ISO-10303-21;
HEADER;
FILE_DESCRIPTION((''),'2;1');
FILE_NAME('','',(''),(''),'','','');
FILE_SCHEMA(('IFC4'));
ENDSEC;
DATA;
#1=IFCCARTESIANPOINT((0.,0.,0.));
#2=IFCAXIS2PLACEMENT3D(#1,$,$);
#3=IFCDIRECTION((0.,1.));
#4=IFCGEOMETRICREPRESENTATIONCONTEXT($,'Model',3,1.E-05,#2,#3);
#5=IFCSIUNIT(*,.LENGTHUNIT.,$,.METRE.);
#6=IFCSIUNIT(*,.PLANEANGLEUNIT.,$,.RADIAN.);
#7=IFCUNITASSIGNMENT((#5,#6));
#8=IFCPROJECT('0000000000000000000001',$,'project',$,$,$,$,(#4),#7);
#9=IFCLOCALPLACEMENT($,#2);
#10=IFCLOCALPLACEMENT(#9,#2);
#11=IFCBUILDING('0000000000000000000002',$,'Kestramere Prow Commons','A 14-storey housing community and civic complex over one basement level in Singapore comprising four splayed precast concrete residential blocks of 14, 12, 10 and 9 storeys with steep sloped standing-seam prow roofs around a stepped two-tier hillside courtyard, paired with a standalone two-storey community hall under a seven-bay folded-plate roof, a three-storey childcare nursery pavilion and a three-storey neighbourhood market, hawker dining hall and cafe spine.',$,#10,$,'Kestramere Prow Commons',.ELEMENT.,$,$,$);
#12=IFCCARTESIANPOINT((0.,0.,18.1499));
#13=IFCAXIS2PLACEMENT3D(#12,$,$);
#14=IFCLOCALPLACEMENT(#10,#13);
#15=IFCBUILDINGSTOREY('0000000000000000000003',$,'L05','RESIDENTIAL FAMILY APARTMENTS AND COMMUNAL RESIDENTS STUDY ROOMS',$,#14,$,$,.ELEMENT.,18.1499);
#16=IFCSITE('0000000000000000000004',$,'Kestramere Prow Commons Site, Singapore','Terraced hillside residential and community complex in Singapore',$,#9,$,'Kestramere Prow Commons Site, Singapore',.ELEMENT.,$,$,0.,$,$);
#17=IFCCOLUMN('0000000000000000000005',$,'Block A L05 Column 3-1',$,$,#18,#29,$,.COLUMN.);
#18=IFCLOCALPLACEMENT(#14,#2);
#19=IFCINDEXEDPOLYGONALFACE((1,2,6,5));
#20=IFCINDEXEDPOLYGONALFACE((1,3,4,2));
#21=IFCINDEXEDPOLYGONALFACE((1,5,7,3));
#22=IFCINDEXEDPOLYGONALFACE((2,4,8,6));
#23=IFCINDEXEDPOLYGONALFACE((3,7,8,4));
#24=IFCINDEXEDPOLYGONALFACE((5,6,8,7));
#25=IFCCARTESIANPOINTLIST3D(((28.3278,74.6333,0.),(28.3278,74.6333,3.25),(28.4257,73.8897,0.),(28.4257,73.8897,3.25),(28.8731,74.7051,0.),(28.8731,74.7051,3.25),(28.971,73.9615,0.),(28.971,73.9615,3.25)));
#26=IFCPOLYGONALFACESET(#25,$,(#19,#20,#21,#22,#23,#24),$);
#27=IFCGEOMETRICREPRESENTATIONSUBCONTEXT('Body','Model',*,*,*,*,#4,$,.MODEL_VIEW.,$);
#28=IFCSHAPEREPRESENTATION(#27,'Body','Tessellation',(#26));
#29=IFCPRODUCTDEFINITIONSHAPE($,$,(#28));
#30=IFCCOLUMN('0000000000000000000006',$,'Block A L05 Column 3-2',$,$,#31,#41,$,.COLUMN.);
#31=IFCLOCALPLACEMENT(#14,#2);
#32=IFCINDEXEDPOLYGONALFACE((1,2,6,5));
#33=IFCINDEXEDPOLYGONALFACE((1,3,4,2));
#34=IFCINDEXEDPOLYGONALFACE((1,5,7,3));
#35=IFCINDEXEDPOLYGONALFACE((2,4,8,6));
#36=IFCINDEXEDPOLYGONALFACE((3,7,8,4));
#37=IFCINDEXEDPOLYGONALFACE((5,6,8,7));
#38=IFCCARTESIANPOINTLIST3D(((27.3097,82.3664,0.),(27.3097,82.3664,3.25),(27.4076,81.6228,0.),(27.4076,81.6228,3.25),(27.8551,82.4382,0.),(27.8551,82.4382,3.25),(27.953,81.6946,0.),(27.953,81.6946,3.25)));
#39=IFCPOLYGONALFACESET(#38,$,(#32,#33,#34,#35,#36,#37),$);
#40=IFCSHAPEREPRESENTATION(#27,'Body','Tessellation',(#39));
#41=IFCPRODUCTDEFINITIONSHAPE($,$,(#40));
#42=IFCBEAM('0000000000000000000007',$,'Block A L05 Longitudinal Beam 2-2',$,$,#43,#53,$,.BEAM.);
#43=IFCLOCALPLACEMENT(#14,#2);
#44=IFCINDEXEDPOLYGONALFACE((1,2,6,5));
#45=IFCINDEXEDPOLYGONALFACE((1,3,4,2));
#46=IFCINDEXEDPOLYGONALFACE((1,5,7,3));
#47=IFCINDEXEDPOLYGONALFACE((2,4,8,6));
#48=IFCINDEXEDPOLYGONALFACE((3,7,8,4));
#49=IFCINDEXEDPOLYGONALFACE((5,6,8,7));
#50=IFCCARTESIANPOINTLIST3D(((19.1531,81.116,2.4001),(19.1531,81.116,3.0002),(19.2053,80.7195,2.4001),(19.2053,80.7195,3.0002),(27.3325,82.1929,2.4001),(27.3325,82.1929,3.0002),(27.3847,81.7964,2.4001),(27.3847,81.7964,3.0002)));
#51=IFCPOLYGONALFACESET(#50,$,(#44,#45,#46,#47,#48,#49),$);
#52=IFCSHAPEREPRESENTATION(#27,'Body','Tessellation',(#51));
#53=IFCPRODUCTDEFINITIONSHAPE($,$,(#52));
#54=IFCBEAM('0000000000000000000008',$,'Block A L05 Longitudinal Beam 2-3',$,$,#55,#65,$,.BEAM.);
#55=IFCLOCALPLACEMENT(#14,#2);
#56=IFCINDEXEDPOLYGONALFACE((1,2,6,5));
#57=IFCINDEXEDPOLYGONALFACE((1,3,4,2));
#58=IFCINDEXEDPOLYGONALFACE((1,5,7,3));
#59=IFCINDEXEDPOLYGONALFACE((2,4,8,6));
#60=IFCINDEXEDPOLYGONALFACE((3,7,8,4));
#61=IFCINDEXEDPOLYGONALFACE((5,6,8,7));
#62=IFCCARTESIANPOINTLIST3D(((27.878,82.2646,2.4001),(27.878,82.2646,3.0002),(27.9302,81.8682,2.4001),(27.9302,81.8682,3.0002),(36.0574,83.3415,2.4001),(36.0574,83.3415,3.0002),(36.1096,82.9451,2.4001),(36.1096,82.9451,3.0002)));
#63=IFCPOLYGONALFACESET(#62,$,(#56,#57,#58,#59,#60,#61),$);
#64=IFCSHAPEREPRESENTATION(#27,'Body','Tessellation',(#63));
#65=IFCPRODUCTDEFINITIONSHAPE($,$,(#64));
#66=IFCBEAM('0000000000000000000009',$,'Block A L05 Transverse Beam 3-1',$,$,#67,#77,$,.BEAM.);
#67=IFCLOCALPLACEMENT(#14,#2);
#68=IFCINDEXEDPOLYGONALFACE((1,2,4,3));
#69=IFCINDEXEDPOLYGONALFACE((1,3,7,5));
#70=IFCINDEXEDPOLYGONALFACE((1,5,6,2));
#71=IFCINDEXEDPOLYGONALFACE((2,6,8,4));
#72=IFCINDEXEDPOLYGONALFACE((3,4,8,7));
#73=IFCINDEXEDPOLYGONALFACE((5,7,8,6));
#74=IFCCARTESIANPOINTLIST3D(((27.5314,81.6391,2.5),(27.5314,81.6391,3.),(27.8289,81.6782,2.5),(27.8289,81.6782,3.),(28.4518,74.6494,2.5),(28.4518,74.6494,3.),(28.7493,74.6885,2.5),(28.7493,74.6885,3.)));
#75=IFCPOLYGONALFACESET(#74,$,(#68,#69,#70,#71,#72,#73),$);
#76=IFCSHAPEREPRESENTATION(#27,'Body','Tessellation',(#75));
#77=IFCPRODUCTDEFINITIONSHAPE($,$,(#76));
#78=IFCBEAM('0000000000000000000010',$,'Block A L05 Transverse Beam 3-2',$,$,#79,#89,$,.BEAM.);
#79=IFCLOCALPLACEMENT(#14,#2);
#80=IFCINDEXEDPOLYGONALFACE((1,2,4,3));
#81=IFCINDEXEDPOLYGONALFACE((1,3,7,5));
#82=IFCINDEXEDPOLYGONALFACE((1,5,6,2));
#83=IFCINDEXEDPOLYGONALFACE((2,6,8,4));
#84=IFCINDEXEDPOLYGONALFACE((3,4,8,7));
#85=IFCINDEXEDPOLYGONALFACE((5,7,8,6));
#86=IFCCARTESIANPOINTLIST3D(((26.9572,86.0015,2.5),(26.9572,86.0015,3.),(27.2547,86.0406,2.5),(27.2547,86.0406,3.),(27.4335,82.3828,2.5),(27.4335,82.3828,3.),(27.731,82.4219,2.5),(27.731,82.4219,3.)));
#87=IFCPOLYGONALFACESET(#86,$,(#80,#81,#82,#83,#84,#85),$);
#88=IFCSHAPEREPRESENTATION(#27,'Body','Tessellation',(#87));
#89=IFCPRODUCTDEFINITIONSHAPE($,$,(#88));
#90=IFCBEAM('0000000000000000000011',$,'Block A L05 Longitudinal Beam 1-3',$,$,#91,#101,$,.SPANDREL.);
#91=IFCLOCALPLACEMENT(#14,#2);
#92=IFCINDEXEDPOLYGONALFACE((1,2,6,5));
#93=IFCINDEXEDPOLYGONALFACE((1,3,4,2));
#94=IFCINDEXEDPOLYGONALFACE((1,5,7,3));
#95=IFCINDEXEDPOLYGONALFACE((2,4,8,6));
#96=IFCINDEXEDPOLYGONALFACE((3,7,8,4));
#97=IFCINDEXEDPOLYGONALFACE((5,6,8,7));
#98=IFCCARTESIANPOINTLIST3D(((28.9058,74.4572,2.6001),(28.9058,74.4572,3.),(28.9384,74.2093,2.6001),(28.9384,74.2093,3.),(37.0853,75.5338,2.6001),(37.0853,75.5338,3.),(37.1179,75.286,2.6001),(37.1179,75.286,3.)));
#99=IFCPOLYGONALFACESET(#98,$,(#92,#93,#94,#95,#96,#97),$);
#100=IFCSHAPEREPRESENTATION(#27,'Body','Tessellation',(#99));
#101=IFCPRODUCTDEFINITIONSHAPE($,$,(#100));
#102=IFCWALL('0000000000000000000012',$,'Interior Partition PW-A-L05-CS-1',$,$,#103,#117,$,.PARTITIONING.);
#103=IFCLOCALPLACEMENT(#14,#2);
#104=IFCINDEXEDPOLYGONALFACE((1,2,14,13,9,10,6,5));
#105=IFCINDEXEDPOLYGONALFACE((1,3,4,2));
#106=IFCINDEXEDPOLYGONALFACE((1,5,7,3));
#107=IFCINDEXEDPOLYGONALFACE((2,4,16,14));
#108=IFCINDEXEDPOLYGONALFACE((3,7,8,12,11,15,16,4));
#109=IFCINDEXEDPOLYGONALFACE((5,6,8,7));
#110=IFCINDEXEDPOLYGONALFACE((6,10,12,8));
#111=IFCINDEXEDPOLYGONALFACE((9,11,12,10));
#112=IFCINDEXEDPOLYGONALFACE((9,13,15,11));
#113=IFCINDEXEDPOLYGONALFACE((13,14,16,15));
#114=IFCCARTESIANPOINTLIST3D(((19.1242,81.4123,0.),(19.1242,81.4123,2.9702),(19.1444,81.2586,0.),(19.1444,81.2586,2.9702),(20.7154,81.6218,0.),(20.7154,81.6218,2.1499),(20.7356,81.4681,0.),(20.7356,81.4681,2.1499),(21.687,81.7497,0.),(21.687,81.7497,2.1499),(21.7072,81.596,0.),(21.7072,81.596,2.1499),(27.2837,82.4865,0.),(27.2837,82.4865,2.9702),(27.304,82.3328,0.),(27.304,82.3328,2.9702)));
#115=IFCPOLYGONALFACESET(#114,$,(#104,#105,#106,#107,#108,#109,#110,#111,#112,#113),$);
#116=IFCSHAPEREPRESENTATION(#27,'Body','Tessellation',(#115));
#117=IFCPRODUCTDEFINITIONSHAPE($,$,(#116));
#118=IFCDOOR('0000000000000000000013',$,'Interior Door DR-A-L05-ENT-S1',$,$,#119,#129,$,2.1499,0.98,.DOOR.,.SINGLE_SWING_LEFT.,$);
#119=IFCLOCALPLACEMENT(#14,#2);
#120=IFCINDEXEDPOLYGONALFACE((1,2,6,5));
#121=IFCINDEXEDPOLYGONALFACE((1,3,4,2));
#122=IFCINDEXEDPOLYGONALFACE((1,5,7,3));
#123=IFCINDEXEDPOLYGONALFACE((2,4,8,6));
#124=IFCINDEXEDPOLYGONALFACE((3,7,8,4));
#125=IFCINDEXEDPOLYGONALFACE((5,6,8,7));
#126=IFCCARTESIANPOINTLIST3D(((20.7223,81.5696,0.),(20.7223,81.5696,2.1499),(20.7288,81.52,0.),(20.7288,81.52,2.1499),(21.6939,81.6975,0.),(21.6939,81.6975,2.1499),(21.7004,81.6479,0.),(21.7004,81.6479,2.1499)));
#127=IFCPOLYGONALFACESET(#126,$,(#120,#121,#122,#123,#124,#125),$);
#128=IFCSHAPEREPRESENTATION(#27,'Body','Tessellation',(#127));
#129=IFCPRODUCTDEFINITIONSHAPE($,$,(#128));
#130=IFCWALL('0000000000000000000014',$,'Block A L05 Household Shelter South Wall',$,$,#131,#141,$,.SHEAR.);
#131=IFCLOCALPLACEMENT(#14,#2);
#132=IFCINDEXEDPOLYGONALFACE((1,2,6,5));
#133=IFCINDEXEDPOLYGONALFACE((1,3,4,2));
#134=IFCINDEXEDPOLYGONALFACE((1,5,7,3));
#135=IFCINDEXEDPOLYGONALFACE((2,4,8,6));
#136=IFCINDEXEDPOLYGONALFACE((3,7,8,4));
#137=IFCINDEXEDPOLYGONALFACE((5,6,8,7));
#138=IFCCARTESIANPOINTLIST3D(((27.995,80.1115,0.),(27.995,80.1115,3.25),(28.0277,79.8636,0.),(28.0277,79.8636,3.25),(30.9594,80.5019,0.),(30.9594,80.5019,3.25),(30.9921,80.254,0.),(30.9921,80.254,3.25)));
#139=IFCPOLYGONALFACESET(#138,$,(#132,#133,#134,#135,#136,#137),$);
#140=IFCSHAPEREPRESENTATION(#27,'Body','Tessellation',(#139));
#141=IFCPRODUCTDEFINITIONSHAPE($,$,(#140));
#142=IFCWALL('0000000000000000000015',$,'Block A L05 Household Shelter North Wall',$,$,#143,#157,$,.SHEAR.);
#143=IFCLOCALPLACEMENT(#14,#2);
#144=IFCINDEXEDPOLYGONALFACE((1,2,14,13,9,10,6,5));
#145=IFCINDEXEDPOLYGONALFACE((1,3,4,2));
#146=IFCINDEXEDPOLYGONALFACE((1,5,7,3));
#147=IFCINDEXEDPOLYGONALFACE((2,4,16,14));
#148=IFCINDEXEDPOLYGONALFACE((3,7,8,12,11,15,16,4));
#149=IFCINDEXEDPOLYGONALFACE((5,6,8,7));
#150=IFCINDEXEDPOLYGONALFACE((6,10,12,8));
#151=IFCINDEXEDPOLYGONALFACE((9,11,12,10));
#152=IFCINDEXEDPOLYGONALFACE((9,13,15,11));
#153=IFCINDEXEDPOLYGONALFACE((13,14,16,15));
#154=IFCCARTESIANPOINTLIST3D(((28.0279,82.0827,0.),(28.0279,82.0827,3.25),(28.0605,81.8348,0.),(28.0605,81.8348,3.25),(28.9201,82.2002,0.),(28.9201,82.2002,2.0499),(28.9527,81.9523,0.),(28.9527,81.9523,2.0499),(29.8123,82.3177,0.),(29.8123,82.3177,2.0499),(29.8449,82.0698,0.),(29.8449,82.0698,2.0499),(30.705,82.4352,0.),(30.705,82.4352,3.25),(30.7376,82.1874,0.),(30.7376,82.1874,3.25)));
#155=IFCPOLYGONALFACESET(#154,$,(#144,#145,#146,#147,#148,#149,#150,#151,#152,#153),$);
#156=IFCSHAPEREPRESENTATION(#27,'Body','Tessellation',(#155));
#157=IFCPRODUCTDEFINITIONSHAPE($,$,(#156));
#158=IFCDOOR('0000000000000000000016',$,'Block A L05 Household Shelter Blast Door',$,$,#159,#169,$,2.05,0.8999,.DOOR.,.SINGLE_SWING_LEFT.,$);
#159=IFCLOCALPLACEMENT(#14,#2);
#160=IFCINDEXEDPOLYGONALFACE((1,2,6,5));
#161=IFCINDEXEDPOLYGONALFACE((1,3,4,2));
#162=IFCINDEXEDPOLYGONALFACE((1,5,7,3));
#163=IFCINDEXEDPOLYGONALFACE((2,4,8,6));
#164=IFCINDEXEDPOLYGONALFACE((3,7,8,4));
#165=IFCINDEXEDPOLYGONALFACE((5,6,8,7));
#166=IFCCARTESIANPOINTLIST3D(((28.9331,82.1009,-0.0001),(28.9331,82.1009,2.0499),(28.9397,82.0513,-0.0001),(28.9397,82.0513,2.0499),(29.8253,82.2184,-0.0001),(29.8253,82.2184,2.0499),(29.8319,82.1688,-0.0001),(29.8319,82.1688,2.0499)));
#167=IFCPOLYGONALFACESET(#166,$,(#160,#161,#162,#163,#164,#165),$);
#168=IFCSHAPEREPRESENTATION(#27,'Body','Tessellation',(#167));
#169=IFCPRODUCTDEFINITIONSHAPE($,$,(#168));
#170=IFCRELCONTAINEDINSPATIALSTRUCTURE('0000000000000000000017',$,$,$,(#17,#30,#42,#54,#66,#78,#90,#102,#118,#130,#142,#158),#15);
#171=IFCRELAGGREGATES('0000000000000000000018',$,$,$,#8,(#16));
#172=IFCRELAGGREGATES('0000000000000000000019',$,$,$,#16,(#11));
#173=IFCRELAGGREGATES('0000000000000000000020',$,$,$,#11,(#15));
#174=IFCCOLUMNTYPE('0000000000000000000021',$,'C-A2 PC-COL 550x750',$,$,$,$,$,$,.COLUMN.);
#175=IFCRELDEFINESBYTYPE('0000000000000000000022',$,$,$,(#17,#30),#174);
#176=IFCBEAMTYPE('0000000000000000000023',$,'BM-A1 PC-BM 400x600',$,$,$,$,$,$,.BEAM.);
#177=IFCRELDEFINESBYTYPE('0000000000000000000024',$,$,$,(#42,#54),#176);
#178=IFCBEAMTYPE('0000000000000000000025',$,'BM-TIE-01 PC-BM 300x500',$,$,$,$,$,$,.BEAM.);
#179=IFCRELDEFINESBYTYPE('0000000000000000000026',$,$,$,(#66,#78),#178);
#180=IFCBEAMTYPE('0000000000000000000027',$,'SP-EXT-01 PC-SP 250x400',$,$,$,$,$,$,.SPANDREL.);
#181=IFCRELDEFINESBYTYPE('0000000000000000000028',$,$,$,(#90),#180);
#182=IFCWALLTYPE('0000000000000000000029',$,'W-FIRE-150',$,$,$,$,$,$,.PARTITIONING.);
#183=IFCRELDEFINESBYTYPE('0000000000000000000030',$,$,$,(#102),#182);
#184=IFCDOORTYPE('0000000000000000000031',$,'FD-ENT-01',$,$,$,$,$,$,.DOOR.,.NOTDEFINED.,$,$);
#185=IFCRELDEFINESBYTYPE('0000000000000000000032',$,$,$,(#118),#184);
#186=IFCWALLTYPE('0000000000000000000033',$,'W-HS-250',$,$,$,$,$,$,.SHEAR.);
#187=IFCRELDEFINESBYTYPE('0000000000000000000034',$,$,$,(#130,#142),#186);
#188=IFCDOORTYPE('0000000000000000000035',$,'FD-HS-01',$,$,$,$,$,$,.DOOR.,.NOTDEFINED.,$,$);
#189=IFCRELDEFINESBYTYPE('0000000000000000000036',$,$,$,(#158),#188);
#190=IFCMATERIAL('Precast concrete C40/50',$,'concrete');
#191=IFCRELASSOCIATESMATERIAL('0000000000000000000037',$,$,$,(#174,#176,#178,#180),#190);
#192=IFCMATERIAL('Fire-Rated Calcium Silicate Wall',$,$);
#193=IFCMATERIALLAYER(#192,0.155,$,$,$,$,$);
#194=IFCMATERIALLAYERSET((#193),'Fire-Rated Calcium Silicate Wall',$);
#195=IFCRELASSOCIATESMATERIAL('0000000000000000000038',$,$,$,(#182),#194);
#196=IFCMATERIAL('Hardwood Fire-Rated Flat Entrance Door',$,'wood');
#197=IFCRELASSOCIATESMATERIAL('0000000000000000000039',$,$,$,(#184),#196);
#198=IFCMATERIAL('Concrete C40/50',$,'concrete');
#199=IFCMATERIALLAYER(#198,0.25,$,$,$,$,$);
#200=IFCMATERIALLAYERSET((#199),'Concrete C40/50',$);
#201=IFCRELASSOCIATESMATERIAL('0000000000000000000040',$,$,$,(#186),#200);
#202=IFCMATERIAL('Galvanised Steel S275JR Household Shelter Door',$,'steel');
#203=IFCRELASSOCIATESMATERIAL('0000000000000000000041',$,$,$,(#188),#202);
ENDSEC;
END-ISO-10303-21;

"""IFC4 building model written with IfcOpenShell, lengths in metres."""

from ifc_helpers import new_model, si_unit, direction, frame, frame_2d, origin, origin_2d, place, context, subcontext, project, spatial, rectangle, extrude, material, layer, layer_set, material_profile, profile_set, type_object, element, fill, save


model = new_model("IFC4")

# Units and contexts
model_context = context("Model", 3, precision=1e-05, world=origin(), true_north=direction((0.0, 1.0)))
body_context = subcontext(model_context, "Body", "Model", "MODEL_VIEW")
ifc_project = project(units=[si_unit("LENGTHUNIT", "METRE"), si_unit("PLANEANGLEUNIT", "RADIAN")], contexts=[model_context])

# Site, building, storey
site_placement = place(None, origin())
site = spatial("IfcSite", under=ifc_project, at=site_placement, Name="Kestramere Prow Commons Site, Singapore", Description="Terraced hillside residential and community complex in Singapore", LongName="Kestramere Prow Commons Site, Singapore", CompositionType="ELEMENT", RefElevation=0.0)
building_placement = place(site_placement, origin())
building = spatial("IfcBuilding", under=site, at=building_placement, Name="Kestramere Prow Commons", Description="A 14-storey housing community and civic complex over one basement level in Singapore comprising four splayed precast concrete residential blocks of 14, 12, 10 and 9 storeys with steep sloped standing-seam prow roofs around a stepped two-tier hillside courtyard, paired with a standalone two-storey community hall under a seven-bay folded-plate roof, a three-storey childcare nursery pavilion and a three-storey neighbourhood market, hawker dining hall and cafe spine.", LongName="Kestramere Prow Commons", CompositionType="ELEMENT")
storey_placement = place(building_placement, frame((0.0, 0.0, 18.1499)))
storey = spatial("IfcBuildingStorey", under=building, at=storey_placement, Name="L05", Description="RESIDENTIAL FAMILY APARTMENTS AND COMMUNAL RESIDENTS STUDY ROOMS", CompositionType="ELEMENT", Elevation=18.1499)

# Columns
ifc_material_1 = material(Name="Precast concrete C40/50", Category="concrete")
ifc_material_profile_1 = material_profile(ifc_material_1, rectangle(XDim=0.55, YDim=0.75, at=origin_2d()), Name="PC-COL 550x750")
ifc_profile_set_1 = profile_set([ifc_material_profile_1], Name="Precast concrete C40/50")
column_type = type_object("IfcColumnType", Name="C-A2 PC-COL 550x750", PredefinedType="COLUMN", material=ifc_profile_set_1)
for number, where, z_axis, x_axis, name in (
    (1, (28.6494, 74.2974, 0.0), (0.0, 0.0, 1.0), (0.991445, 0.130526, 0.0), "Block A L05 Column 3-1"),
    (2, (27.6313, 82.0305, 0.0), (0.0, 0.0, 1.0), (0.991445, 0.130526, 0.0), "Block A L05 Column 3-2"),
):
    element("IfcColumn", number, at=place(storey_placement, frame(where, z_axis=z_axis, x_axis=x_axis)), inside=storey, type_object=column_type, Name=name, PredefinedType="COLUMN", context=body_context, shape_type="SweptSolid", body=[
        extrude(rectangle(XDim=0.55, YDim=0.75, at=origin_2d()), origin(), (0.0, 0.0, 1.0), 3.25),
    ])

# Beams
ifc_material_profile_2 = material_profile(ifc_material_1, rectangle(XDim=0.3999, YDim=0.6001, at=origin_2d()), Name="PC-BM 400x600")
ifc_profile_set_2 = profile_set([ifc_material_profile_2], Name="Precast concrete C40/50")
beam_type_1 = type_object("IfcBeamType", Name="BM-A1 PC-BM 400x600", PredefinedType="BEAM", material=ifc_profile_set_2)
for number, where, z_axis, x_axis, name in (
    (3, (19.1792, 80.9177, 2.7002), (0.991444, 0.130533, 0.0), (-0.130533, 0.991444, 0.0), "Block A L05 Longitudinal Beam 2-2"),
    (4, (27.9041, 82.0664, 2.7002), (0.991444, 0.130533, 0.0), (-0.130533, 0.991444, 0.0), "Block A L05 Longitudinal Beam 2-3"),
):
    element("IfcBeam", number, at=place(storey_placement, frame(where, z_axis=z_axis, x_axis=x_axis)), inside=storey, type_object=beam_type_1, Name=name, PredefinedType="BEAM", context=body_context, shape_type="SweptSolid", body=[
        extrude(rectangle(XDim=0.3999, YDim=0.6001, at=origin_2d()), origin(), (0.0, 0.0, 1.0), 8.25),
    ])
ifc_material_profile_3 = material_profile(ifc_material_1, rectangle(XDim=0.3, YDim=0.5, at=origin_2d()), Name="PC-BM 300x500")
ifc_profile_set_3 = profile_set([ifc_material_profile_3], Name="Precast concrete C40/50")
beam_type_2 = type_object("IfcBeamType", Name="BM-TIE-01 PC-BM 300x500", PredefinedType="BEAM", material=ifc_profile_set_3)
beam_1_placement = place(storey_placement, frame((28.6006, 74.6689, 2.75), z_axis=(-0.130553, 0.991441, 0.0), x_axis=(-0.991441, -0.130553, 0.0)))
element("IfcBeam", 5, at=beam_1_placement, inside=storey, type_object=beam_type_2, Name="Block A L05 Transverse Beam 3-1", PredefinedType="BEAM", context=body_context, shape_type="SweptSolid", body=[
    extrude(rectangle(XDim=0.3, YDim=0.5, at=origin_2d()), origin(), (0.0, 0.0, 1.0), 7.05),
])
beam_2_placement = place(storey_placement, frame((27.5823, 82.4023, 2.75), z_axis=(-0.130503, 0.991448, 0.0), x_axis=(-0.991448, -0.130503, 0.0)))
element("IfcBeam", 6, at=beam_2_placement, inside=storey, type_object=beam_type_2, Name="Block A L05 Transverse Beam 3-2", PredefinedType="BEAM", context=body_context, shape_type="SweptSolid", body=[
    extrude(rectangle(XDim=0.3, YDim=0.5, at=origin_2d()), origin(), (0.0, 0.0, 1.0), 3.6499),
])
ifc_material_profile_4 = material_profile(ifc_material_1, rectangle(XDim=0.25, YDim=0.3999, at=origin_2d()), Name="PC-SP 250x400")
ifc_profile_set_4 = profile_set([ifc_material_profile_4], Name="Precast concrete C40/50")
beam_type_3 = type_object("IfcBeamType", Name="SP-EXT-01 PC-SP 250x400", PredefinedType="SPANDREL", material=ifc_profile_set_4)
beam_3_placement = place(storey_placement, frame((28.9221, 74.3333, 2.8), z_axis=(0.991448, 0.130504, 0.0), x_axis=(-0.130504, 0.991448, 0.0)))
element("IfcBeam", 7, at=beam_3_placement, inside=storey, type_object=beam_type_3, Name="Block A L05 Longitudinal Beam 1-3", PredefinedType="SPANDREL", context=body_context, shape_type="SweptSolid", body=[
    extrude(rectangle(XDim=0.25, YDim=0.3999, at=origin_2d()), origin(), (0.0, 0.0, 1.0), 8.25),
])

# Wall, opening, door
ifc_material_2 = material(Name="Fire-Rated Calcium Silicate Wall")
ifc_layer_1 = layer(ifc_material_2, 0.155)
ifc_layer_set_1 = layer_set([ifc_layer_1], Name="Fire-Rated Calcium Silicate Wall")
wall_type_1 = type_object("IfcWallType", Name="W-FIRE-150", PredefinedType="PARTITIONING", material=ifc_layer_set_1)
wall_1_placement = place(storey_placement, frame((19.1343, 81.3354, 0.0), z_axis=(0.0, 0.0, 1.0), x_axis=(0.991445, 0.130524, 0.0)))
wall_1 = element("IfcWall", 8, at=wall_1_placement, inside=storey, type_object=wall_type_1, Name="Interior Partition PW-A-L05-CS-1", PredefinedType="PARTITIONING", context=body_context, shape_type="SweptSolid", body=[
    extrude(rectangle(XDim=8.23, YDim=0.155, at=frame_2d((4.115, 0.0))), origin(), (0.0, 0.0, 1.0), 2.9702),
])
opening_1_placement = place(wall_1_placement, frame((1.605, 0.0, 0.0)))
opening_1 = element("IfcOpeningElement", 9, at=opening_1_placement, cuts=wall_1, PredefinedType="OPENING", context=body_context, shape_type="SweptSolid", body=[
    extrude(rectangle(XDim=0.98, YDim=2.1499, at=frame_2d((0.49, 1.075))), frame((0.0, 0.0925, 0.0), z_axis=(0.0, -1.0, 0.0), x_axis=(1.0, 0.0, 0.0)), (0.0, 0.0, 1.0), 0.1851),
])
ifc_material_3 = material(Name="Hardwood Fire-Rated Flat Entrance Door", Category="wood")
door_type_1 = type_object("IfcDoorType", Name="FD-ENT-01", OperationType="NOTDEFINED", PredefinedType="DOOR", material=ifc_material_3)
door_1_placement = place(opening_1_placement, origin())
door_1 = element("IfcDoor", 10, at=door_1_placement, inside=storey, type_object=door_type_1, Name="Interior Door DR-A-L05-ENT-S1", OperationType="SINGLE_SWING_LEFT", OverallHeight=2.1499, OverallWidth=0.98, PredefinedType="DOOR", context=body_context, shape_type="SweptSolid", body=[
    extrude(rectangle(XDim=0.98, YDim=2.1499, at=frame_2d((0.49, 1.075))), frame((0.0, 0.0249, 0.0), z_axis=(0.0, -1.0, 0.0), x_axis=(1.0, 0.0, 0.0)), (0.0, 0.0, 1.0), 0.05),
])
fill(opening_1, door_1)

# Wall
ifc_material_4 = material(Name="Concrete C40/50", Category="concrete")
ifc_layer_2 = layer(ifc_material_4, 0.25)
ifc_layer_set_2 = layer_set([ifc_layer_2], Name="Concrete C40/50")
wall_type_2 = type_object("IfcWallType", Name="W-HS-250", PredefinedType="SHEAR", material=ifc_layer_set_2)
wall_2_placement = place(storey_placement, frame((28.0112, 79.9875, 0.0), z_axis=(0.0, 0.0, 1.0), x_axis=(0.99144, 0.130564, 0.0)))
element("IfcWall", 11, at=wall_2_placement, inside=storey, type_object=wall_type_2, Name="Block A L05 Household Shelter South Wall", PredefinedType="SHEAR", context=body_context, shape_type="SweptSolid", body=[
    extrude(rectangle(XDim=2.99, YDim=0.25, at=frame_2d((1.4951, 0.0))), origin(), (0.0, 0.0, 1.0), 3.25),
])

# Wall, opening, door
wall_3_placement = place(storey_placement, frame((28.0442, 81.9587, 0.0), z_axis=(0.0, 0.0, 1.0), x_axis=(0.99144, 0.130564, 0.0)))
wall_3 = element("IfcWall", 12, at=wall_3_placement, inside=storey, type_object=wall_type_2, Name="Block A L05 Household Shelter North Wall", PredefinedType="SHEAR", context=body_context, shape_type="SweptSolid", body=[
    extrude(rectangle(XDim=2.7002, YDim=0.25, at=frame_2d((1.3501, 0.0))), origin(), (0.0, 0.0, 1.0), 3.25),
])
opening_2_placement = place(wall_3_placement, frame((0.8999, 0.0, 0.0)))
opening_2 = element("IfcOpeningElement", 13, at=opening_2_placement, cuts=wall_3, PredefinedType="OPENING", context=body_context, shape_type="SweptSolid", body=[
    extrude(rectangle(XDim=0.8999, YDim=2.05, at=frame_2d((0.45, 1.0249))), frame((0.0, 0.1399, 0.0), z_axis=(0.0, -1.0, 0.0), x_axis=(1.0, 0.0, 0.0)), (0.0, 0.0, 1.0), 0.28),
])
ifc_material_5 = material(Name="Galvanised Steel S275JR Household Shelter Door", Category="steel")
door_type_2 = type_object("IfcDoorType", Name="FD-HS-01", OperationType="NOTDEFINED", PredefinedType="DOOR", material=ifc_material_5)
door_2_placement = place(opening_2_placement, origin())
door_2 = element("IfcDoor", 14, at=door_2_placement, inside=storey, type_object=door_type_2, Name="Block A L05 Household Shelter Blast Door", OperationType="SINGLE_SWING_LEFT", OverallHeight=2.05, OverallWidth=0.8999, PredefinedType="DOOR", context=body_context, shape_type="SweptSolid", body=[
    extrude(rectangle(XDim=0.8999, YDim=2.05, at=frame_2d((0.45, 1.0249))), frame((0.0, 0.0249, 0.0), z_axis=(0.0, -1.0, 0.0), x_axis=(1.0, 0.0, 0.0)), (0.0, 0.0, 1.0), 0.05),
])
fill(opening_2, door_2)

save(model, "model.ifc")
